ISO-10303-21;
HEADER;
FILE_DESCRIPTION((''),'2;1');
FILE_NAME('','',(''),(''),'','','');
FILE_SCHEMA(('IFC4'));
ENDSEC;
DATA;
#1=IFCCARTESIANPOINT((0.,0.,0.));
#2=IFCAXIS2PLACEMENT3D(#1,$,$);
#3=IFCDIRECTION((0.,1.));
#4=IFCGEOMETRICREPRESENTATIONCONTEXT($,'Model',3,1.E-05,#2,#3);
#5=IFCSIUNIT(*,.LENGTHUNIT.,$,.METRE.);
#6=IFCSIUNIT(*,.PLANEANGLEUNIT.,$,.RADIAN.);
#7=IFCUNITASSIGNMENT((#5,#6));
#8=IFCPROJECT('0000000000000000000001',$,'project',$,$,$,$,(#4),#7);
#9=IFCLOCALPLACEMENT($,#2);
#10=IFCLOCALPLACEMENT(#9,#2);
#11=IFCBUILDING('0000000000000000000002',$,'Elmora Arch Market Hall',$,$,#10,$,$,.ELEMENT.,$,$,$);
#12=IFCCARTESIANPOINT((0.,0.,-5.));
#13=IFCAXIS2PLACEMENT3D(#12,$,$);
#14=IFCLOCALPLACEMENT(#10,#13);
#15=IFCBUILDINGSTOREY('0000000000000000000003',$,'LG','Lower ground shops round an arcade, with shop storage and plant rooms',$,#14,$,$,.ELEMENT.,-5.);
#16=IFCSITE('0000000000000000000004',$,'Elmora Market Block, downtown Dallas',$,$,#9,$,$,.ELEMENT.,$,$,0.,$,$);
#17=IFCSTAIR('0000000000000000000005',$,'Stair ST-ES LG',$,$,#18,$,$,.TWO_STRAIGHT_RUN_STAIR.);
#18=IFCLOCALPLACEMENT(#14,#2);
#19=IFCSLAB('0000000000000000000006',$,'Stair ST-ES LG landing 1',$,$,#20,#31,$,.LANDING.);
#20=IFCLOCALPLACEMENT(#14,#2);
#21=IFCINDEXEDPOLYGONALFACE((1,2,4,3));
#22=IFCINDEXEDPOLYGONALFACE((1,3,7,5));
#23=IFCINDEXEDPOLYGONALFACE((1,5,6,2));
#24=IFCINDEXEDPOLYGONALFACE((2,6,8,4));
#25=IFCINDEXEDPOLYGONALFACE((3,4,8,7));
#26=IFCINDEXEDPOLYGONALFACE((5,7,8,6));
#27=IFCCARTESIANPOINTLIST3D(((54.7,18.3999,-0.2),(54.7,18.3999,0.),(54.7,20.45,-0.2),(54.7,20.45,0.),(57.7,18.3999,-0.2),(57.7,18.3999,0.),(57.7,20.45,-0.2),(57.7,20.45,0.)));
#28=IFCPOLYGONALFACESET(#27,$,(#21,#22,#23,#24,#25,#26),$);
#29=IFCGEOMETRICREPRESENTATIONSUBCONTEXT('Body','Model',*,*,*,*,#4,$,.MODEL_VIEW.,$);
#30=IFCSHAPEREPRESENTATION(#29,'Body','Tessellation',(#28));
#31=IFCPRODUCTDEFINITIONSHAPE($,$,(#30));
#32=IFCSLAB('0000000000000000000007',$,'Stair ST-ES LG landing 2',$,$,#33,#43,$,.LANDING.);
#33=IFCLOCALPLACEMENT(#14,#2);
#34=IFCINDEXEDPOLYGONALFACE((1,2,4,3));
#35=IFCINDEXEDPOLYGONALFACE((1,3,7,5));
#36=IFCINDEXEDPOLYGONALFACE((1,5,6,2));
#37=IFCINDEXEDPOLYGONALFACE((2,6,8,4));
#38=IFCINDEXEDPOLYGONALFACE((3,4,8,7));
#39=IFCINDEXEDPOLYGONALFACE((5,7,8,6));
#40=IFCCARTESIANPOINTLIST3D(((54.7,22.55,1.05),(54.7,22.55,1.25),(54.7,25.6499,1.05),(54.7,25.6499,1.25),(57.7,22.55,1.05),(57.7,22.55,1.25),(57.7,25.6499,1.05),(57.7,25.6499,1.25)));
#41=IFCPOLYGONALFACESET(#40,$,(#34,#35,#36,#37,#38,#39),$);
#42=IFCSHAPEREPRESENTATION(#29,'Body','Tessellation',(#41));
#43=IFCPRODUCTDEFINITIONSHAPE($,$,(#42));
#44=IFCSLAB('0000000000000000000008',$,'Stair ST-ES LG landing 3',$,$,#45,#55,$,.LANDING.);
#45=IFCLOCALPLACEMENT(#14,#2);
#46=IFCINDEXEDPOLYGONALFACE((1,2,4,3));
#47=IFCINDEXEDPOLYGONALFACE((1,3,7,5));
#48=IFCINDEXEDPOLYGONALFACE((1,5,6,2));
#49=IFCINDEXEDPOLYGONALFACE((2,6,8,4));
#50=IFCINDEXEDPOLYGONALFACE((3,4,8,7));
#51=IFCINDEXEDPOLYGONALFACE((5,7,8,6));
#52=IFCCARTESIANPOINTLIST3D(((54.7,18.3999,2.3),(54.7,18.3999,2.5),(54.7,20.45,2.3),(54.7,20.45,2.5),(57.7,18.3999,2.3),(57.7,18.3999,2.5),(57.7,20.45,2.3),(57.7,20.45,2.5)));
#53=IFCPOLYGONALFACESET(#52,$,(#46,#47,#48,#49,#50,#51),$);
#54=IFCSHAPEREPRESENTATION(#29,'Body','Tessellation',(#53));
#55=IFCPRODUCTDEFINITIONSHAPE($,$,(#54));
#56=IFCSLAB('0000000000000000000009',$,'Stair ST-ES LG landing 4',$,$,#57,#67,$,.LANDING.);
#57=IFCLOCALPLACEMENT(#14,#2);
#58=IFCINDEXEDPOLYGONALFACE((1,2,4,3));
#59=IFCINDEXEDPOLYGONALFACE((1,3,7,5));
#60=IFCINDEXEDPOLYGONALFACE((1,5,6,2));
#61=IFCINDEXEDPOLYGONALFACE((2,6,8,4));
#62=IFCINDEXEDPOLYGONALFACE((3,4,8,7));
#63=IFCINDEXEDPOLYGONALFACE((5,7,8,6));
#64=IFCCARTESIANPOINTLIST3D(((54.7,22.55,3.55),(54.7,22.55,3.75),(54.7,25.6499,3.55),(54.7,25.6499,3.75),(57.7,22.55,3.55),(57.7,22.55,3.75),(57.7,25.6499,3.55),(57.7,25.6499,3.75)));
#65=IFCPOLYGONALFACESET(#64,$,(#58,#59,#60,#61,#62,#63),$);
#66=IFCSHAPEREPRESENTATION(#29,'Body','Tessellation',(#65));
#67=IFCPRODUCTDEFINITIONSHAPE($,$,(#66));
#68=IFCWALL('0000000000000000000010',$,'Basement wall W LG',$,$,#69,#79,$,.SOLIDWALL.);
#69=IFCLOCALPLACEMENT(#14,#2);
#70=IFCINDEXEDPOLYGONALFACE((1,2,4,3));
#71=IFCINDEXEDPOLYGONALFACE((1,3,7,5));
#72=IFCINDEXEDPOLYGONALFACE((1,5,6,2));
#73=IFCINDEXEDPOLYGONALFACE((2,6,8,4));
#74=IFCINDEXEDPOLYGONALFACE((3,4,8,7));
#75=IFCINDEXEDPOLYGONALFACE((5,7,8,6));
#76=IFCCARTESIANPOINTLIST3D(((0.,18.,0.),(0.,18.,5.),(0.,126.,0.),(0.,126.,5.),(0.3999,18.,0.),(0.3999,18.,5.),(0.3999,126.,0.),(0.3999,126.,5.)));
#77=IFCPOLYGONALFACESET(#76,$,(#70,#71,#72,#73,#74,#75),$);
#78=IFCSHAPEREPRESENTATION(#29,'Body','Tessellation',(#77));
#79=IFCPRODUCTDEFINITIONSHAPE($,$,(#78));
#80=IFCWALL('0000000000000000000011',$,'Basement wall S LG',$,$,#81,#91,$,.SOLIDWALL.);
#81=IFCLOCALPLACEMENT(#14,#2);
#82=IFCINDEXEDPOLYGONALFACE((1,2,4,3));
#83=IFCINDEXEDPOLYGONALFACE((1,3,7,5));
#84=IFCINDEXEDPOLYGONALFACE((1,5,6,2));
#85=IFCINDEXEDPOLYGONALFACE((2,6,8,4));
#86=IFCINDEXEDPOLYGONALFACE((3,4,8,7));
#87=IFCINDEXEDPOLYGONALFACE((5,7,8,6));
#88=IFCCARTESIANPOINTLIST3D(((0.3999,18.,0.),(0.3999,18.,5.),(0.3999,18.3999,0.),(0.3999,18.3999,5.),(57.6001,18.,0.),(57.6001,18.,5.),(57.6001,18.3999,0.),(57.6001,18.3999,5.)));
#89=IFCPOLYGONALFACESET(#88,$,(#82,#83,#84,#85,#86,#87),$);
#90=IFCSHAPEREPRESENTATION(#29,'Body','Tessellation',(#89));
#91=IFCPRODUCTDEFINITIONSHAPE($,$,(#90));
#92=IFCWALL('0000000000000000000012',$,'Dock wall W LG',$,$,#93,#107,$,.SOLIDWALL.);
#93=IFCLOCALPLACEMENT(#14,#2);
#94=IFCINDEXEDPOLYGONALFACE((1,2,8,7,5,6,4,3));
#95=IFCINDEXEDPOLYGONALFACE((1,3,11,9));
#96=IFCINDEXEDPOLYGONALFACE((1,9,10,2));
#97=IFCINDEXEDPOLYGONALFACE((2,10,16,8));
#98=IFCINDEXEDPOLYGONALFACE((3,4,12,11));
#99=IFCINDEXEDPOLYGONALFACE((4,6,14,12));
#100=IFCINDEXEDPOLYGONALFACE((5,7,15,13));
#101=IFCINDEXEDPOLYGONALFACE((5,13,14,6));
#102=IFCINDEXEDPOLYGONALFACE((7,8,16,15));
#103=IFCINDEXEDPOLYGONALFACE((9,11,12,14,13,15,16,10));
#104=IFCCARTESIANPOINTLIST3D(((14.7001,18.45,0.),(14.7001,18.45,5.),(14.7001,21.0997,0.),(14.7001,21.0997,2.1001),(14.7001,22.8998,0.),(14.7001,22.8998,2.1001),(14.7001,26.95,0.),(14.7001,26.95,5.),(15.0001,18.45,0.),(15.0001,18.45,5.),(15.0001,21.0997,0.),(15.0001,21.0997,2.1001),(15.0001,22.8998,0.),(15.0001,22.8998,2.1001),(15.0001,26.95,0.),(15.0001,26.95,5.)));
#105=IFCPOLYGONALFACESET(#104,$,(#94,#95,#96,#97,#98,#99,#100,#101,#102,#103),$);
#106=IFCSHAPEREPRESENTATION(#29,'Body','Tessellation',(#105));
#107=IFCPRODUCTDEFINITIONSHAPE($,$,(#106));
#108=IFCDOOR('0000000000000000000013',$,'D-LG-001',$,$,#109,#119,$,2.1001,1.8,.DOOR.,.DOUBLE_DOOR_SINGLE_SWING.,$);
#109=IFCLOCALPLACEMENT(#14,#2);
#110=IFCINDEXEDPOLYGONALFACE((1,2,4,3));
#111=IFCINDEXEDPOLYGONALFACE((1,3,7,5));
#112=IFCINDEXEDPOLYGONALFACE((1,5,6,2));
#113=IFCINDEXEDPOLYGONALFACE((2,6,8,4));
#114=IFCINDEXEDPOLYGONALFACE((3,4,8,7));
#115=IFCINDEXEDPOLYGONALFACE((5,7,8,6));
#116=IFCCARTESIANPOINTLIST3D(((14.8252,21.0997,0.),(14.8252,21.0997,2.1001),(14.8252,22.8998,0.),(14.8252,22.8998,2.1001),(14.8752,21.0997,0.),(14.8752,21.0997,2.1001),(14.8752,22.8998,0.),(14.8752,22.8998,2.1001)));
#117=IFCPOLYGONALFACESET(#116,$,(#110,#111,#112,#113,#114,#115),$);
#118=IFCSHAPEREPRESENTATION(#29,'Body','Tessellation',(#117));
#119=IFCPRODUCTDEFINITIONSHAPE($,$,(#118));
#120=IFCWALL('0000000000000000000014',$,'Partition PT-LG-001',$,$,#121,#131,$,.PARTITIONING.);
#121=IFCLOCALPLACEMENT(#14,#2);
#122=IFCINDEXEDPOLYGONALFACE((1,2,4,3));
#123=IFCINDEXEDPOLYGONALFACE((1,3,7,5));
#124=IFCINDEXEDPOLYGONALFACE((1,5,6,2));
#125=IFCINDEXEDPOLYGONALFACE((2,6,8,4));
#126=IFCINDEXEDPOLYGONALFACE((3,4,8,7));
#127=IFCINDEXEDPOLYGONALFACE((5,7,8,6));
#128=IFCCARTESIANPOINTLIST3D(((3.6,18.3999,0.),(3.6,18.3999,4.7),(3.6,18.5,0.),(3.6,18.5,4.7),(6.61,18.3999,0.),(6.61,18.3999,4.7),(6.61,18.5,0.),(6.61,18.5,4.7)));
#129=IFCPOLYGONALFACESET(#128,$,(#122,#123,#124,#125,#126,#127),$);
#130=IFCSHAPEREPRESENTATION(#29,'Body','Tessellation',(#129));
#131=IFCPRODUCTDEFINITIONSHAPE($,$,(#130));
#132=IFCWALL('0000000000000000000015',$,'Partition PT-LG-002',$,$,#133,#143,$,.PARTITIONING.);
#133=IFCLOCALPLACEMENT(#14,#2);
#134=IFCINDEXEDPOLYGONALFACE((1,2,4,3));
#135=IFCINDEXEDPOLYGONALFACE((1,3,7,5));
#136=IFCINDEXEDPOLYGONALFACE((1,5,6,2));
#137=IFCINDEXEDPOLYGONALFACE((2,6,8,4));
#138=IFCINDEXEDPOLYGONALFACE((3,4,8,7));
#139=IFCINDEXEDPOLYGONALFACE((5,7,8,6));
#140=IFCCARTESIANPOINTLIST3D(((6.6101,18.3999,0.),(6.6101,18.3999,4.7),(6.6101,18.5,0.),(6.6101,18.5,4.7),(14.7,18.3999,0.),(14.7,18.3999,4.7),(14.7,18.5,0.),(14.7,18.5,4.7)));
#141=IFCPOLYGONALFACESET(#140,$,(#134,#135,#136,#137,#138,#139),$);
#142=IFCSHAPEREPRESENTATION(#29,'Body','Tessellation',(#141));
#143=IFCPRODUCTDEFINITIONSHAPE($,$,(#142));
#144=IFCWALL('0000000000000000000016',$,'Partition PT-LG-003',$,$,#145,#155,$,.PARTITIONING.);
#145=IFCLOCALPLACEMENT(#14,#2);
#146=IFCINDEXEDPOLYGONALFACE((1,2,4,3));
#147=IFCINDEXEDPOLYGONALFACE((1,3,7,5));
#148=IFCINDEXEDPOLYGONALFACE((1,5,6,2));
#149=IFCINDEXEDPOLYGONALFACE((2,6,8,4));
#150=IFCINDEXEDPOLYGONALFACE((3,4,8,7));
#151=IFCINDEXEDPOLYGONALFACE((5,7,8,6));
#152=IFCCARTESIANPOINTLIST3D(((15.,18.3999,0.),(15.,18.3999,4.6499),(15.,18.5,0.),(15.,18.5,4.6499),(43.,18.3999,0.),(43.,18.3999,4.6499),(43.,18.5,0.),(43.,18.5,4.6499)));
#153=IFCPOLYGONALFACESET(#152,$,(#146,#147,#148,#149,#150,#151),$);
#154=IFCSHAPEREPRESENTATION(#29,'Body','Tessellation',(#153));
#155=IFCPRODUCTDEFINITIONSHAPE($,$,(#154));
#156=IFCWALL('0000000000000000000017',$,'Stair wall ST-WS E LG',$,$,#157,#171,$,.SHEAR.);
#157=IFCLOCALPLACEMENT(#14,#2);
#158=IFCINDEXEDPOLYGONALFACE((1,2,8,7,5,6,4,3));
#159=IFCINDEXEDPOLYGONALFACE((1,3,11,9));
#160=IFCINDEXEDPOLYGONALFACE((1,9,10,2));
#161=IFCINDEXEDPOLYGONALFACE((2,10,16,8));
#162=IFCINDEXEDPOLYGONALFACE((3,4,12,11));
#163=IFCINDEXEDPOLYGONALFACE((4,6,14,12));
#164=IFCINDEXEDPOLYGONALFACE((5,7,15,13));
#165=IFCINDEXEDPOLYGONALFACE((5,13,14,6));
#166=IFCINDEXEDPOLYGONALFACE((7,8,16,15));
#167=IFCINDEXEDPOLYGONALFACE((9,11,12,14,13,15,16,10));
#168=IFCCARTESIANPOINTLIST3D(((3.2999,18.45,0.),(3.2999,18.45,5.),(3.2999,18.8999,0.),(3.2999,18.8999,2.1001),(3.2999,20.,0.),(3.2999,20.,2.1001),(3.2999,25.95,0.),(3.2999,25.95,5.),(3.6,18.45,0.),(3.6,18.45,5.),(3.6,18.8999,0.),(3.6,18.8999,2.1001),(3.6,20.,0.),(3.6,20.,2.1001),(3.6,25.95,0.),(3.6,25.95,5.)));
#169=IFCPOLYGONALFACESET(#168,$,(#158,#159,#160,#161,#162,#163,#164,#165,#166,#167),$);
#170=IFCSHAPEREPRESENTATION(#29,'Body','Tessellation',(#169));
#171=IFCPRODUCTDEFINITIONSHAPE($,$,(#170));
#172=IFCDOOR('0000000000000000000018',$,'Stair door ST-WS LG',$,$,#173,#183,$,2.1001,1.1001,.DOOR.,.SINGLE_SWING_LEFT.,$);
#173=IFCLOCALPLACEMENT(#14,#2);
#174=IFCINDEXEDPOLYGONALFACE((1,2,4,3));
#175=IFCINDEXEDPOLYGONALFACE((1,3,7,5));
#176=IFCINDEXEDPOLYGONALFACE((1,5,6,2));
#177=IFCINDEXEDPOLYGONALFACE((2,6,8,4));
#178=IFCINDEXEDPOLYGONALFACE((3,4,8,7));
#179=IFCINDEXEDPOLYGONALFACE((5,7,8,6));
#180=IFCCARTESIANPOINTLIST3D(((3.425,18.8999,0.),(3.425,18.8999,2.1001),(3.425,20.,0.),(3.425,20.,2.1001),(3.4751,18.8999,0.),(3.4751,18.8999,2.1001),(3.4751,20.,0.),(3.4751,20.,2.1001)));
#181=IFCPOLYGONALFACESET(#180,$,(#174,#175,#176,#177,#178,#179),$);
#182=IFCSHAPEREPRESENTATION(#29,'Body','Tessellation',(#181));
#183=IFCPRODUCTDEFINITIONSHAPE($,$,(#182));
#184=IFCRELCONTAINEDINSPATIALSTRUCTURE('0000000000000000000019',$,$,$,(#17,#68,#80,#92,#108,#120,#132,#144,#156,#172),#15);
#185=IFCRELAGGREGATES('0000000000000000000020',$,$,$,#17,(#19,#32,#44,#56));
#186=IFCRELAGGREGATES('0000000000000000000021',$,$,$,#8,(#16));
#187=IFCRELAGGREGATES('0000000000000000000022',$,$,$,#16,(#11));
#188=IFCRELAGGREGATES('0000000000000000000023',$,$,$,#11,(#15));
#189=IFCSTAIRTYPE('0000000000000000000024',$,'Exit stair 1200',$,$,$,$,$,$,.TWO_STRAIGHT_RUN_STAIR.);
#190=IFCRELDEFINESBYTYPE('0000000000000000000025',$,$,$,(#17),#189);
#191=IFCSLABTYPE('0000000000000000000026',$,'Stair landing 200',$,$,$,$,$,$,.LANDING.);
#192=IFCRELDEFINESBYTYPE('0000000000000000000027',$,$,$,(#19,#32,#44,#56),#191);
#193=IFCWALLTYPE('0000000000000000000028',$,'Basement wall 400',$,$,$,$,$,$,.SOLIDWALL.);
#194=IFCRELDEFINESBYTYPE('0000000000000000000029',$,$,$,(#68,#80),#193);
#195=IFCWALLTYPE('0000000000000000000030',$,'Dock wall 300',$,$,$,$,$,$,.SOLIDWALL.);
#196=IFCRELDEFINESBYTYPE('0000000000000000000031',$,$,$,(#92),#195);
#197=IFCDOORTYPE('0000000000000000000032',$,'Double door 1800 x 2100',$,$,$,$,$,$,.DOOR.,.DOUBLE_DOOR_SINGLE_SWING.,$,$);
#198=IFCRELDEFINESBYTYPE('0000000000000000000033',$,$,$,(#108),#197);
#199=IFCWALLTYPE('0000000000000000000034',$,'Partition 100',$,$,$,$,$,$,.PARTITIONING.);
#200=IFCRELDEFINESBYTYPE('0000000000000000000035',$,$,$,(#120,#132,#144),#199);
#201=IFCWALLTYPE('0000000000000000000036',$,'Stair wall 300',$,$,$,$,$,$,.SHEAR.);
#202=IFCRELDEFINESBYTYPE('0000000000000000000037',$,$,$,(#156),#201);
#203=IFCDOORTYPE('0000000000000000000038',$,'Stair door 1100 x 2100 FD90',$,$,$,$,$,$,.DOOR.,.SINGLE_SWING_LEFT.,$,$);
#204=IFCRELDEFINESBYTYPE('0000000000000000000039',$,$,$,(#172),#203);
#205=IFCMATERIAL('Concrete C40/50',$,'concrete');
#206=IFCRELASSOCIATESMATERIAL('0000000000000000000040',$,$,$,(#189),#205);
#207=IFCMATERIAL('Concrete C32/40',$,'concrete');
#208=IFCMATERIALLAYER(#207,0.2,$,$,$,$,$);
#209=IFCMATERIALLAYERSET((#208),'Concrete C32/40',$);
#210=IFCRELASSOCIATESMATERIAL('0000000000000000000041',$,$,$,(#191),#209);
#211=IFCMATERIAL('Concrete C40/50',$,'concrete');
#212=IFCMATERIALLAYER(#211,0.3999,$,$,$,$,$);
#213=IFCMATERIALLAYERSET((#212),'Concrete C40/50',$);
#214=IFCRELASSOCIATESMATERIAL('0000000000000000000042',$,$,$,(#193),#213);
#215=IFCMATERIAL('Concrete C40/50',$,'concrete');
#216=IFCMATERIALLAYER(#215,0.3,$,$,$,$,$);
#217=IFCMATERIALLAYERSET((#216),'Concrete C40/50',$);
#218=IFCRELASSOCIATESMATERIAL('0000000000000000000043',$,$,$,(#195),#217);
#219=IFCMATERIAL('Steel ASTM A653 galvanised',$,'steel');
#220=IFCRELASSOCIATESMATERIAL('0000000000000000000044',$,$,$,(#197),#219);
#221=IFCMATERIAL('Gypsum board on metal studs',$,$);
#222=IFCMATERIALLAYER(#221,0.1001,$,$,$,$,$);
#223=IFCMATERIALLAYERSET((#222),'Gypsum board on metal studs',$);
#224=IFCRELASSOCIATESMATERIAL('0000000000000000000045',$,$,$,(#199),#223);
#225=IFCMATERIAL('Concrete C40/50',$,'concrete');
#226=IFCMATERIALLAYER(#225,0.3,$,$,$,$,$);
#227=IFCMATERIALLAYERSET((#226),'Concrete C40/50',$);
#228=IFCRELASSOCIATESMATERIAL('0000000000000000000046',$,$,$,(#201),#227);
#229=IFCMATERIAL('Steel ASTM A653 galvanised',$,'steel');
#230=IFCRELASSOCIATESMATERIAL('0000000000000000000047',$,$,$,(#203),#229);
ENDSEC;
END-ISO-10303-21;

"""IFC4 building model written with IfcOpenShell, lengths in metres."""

from ifc_helpers import new_model, si_unit, direction, frame, frame_2d, origin, place, context, subcontext, project, spatial, polyline, rectangle, outline, extrude, material, layer, layer_set, type_object, element, fill, aggregate, save


model = new_model("IFC4")

# Units and contexts
model_context = context("Model", 3, precision=1e-05, world=origin(), true_north=direction((0.0, 1.0)))
body_context = subcontext(model_context, "Body", "Model", "MODEL_VIEW")
ifc_project = project(units=[si_unit("LENGTHUNIT", "METRE"), si_unit("PLANEANGLEUNIT", "RADIAN")], contexts=[model_context])

# Site, building, storey
site_placement = place(None, origin())
site = spatial("IfcSite", under=ifc_project, at=site_placement, Name="Elmora Market Block, downtown Dallas", CompositionType="ELEMENT", RefElevation=0.0)
building_placement = place(site_placement, origin())
building = spatial("IfcBuilding", under=site, at=building_placement, Name="Elmora Arch Market Hall", CompositionType="ELEMENT")
storey_placement = place(building_placement, frame((0.0, 0.0, -5.0)))
storey = spatial("IfcBuildingStorey", under=building, at=storey_placement, Name="LG", Description="Lower ground shops round an arcade, with shop storage and plant rooms", CompositionType="ELEMENT", Elevation=-5.0)

# Stair, slabs
ifc_material_1 = material(Name="Concrete C40/50", Category="concrete")
stair_type = type_object("IfcStairType", Name="Exit stair 1200", PredefinedType="TWO_STRAIGHT_RUN_STAIR", material=ifc_material_1)
ifc_material_2 = material(Name="Concrete C32/40", Category="concrete")
ifc_layer_1 = layer(ifc_material_2, 0.2)
ifc_layer_set_1 = layer_set([ifc_layer_1], Name="Concrete C32/40")
slab_type_1 = type_object("IfcSlabType", Name="Stair landing 200", PredefinedType="LANDING", material=ifc_layer_set_1)
stair_1_placement = place(storey_placement, origin())
stair_1 = element("IfcStair", 1, at=stair_1_placement, inside=storey, type_object=stair_type, Name="Stair ST-ES LG", PredefinedType="TWO_STRAIGHT_RUN_STAIR")
slab_1_placement = place(storey_placement, frame((0.0, 0.0, -0.2)))
slab_1 = element("IfcSlab", 2, at=slab_1_placement, type_object=slab_type_1, Name="Stair ST-ES LG landing 1", PredefinedType="LANDING", context=body_context, shape_type="SweptSolid", body=[
    extrude(outline(polyline([(54.7, 18.3999), (57.7, 18.3999), (57.7, 20.45), (54.7, 20.45), (54.7, 18.3999)])), origin(), (0.0, 0.0, 1.0), 0.2),
])
slab_2_placement = place(storey_placement, frame((0.0, 0.0, 1.05)))
slab_2 = element("IfcSlab", 3, at=slab_2_placement, type_object=slab_type_1, Name="Stair ST-ES LG landing 2", PredefinedType="LANDING", context=body_context, shape_type="SweptSolid", body=[
    extrude(outline(polyline([(54.7, 22.55), (57.7, 22.55), (57.7, 25.6499), (54.7, 25.6499), (54.7, 22.55)])), origin(), (0.0, 0.0, 1.0), 0.2),
])
slab_3_placement = place(storey_placement, frame((0.0, 0.0, 2.3)))
slab_3 = element("IfcSlab", 4, at=slab_3_placement, type_object=slab_type_1, Name="Stair ST-ES LG landing 3", PredefinedType="LANDING", context=body_context, shape_type="SweptSolid", body=[
    extrude(outline(polyline([(54.7, 18.3999), (57.7, 18.3999), (57.7, 20.45), (54.7, 20.45), (54.7, 18.3999)])), origin(), (0.0, 0.0, 1.0), 0.2),
])
slab_4_placement = place(storey_placement, frame((0.0, 0.0, 3.55)))
slab_4 = element("IfcSlab", 5, at=slab_4_placement, type_object=slab_type_1, Name="Stair ST-ES LG landing 4", PredefinedType="LANDING", context=body_context, shape_type="SweptSolid", body=[
    extrude(outline(polyline([(54.7, 22.55), (57.7, 22.55), (57.7, 25.6499), (54.7, 25.6499), (54.7, 22.55)])), origin(), (0.0, 0.0, 1.0), 0.2),
])
aggregate(stair_1, [slab_1, slab_2, slab_3, slab_4])

# Walls
ifc_material_3 = material(Name="Concrete C40/50", Category="concrete")
ifc_layer_2 = layer(ifc_material_3, 0.3999)
ifc_layer_set_2 = layer_set([ifc_layer_2], Name="Concrete C40/50")
wall_type_1 = type_object("IfcWallType", Name="Basement wall 400", PredefinedType="SOLIDWALL", material=ifc_layer_set_2)
wall_1_placement = place(storey_placement, frame((0.2, 18.0, 0.0), z_axis=(0.0, 0.0, 1.0), x_axis=(0.0, 1.0, 0.0)))
element("IfcWall", 6, at=wall_1_placement, inside=storey, type_object=wall_type_1, Name="Basement wall W LG", PredefinedType="SOLIDWALL", context=body_context, shape_type="SweptSolid", body=[
    extrude(rectangle(XDim=108.0, YDim=0.3999, at=frame_2d((54.0, 0.0))), origin(), (0.0, 0.0, 1.0), 5.0),
])
wall_2_placement = place(storey_placement, frame((0.3999, 18.2, 0.0), z_axis=(0.0, 0.0, 1.0), x_axis=(1.0, 0.0, 0.0)))
element("IfcWall", 7, at=wall_2_placement, inside=storey, type_object=wall_type_1, Name="Basement wall S LG", PredefinedType="SOLIDWALL", context=body_context, shape_type="SweptSolid", body=[
    extrude(rectangle(XDim=57.2002, YDim=0.3999, at=frame_2d((28.6001, 0.0))), origin(), (0.0, 0.0, 1.0), 5.0),
])

# Wall, opening, door
ifc_material_4 = material(Name="Concrete C40/50", Category="concrete")
ifc_layer_3 = layer(ifc_material_4, 0.3)
ifc_layer_set_3 = layer_set([ifc_layer_3], Name="Concrete C40/50")
wall_type_2 = type_object("IfcWallType", Name="Dock wall 300", PredefinedType="SOLIDWALL", material=ifc_layer_set_3)
wall_3_placement = place(storey_placement, frame((14.8501, 18.45, 0.0), z_axis=(0.0, 0.0, 1.0), x_axis=(0.0, 1.0, 0.0)))
wall_3 = element("IfcWall", 8, at=wall_3_placement, inside=storey, type_object=wall_type_2, Name="Dock wall W LG", PredefinedType="SOLIDWALL", context=body_context, shape_type="SweptSolid", body=[
    extrude(rectangle(XDim=8.5, YDim=0.3, at=frame_2d((4.25, 0.0))), origin(), (0.0, 0.0, 1.0), 5.0),
])
opening_1_placement = place(wall_3_placement, frame((2.6499, 0.0, 0.0)))
opening_1 = element("IfcOpeningElement", 9, at=opening_1_placement, cuts=wall_3, PredefinedType="OPENING", context=body_context, shape_type="SweptSolid", body=[
    extrude(rectangle(XDim=1.8, YDim=2.1001, at=frame_2d((0.8999, 1.05))), frame((0.0, 0.1599, 0.0), z_axis=(0.0, -1.0, 0.0), x_axis=(1.0, 0.0, 0.0)), (0.0, 0.0, 1.0), 0.3201),
])
ifc_material_5 = material(Name="Steel ASTM A653 galvanised", Category="steel")
door_type_1 = type_object("IfcDoorType", Name="Double door 1800 x 2100", OperationType="DOUBLE_DOOR_SINGLE_SWING", PredefinedType="DOOR", material=ifc_material_5)
door_1_placement = place(opening_1_placement, origin())
door_1 = element("IfcDoor", 10, at=door_1_placement, inside=storey, type_object=door_type_1, Name="D-LG-001", OperationType="DOUBLE_DOOR_SINGLE_SWING", OverallHeight=2.1001, OverallWidth=1.8, PredefinedType="DOOR", context=body_context, shape_type="SweptSolid", body=[
    extrude(rectangle(XDim=1.8, YDim=2.1001, at=frame_2d((0.8999, 1.05))), frame((0.0, 0.0249, 0.0), z_axis=(0.0, -1.0, 0.0), x_axis=(1.0, 0.0, 0.0)), (0.0, 0.0, 1.0), 0.05),
])
fill(opening_1, door_1)

# Walls
ifc_material_6 = material(Name="Gypsum board on metal studs")
ifc_layer_4 = layer(ifc_material_6, 0.1001)
ifc_layer_set_4 = layer_set([ifc_layer_4], Name="Gypsum board on metal studs")
wall_type_3 = type_object("IfcWallType", Name="Partition 100", PredefinedType="PARTITIONING", material=ifc_layer_set_4)
wall_4_placement = place(storey_placement, frame((3.6001, 18.45, 0.0), z_axis=(0.0, 0.0, 1.0), x_axis=(1.0, 0.0, 0.0)))
element("IfcWall", 11, at=wall_4_placement, inside=storey, type_object=wall_type_3, Name="Partition PT-LG-001", PredefinedType="PARTITIONING", context=body_context, shape_type="SweptSolid", body=[
    extrude(rectangle(XDim=3.01, YDim=0.1001, at=frame_2d((1.5049, 0.0))), origin(), (0.0, 0.0, 1.0), 4.7),
])
wall_5_placement = place(storey_placement, frame((6.6101, 18.45, 0.0), z_axis=(0.0, 0.0, 1.0), x_axis=(1.0, 0.0, 0.0)))
element("IfcWall", 12, at=wall_5_placement, inside=storey, type_object=wall_type_3, Name="Partition PT-LG-002", PredefinedType="PARTITIONING", context=body_context, shape_type="SweptSolid", body=[
    extrude(rectangle(XDim=8.0898, YDim=0.1001, at=frame_2d((4.0449, 0.0))), origin(), (0.0, 0.0, 1.0), 4.7),
])
wall_6_placement = place(storey_placement, frame((15.0, 18.45, 0.0), z_axis=(0.0, 0.0, 1.0), x_axis=(1.0, 0.0, 0.0)))
element("IfcWall", 13, at=wall_6_placement, inside=storey, type_object=wall_type_3, Name="Partition PT-LG-003", PredefinedType="PARTITIONING", context=body_context, shape_type="SweptSolid", body=[
    extrude(rectangle(XDim=28.0, YDim=0.1001, at=frame_2d((14.0, 0.0))), origin(), (0.0, 0.0, 1.0), 4.6499),
])

# Wall, opening, door
ifc_material_7 = material(Name="Concrete C40/50", Category="concrete")
ifc_layer_5 = layer(ifc_material_7, 0.3)
ifc_layer_set_5 = layer_set([ifc_layer_5], Name="Concrete C40/50")
wall_type_4 = type_object("IfcWallType", Name="Stair wall 300", PredefinedType="SHEAR", material=ifc_layer_set_5)
wall_7_placement = place(storey_placement, frame((3.45, 18.45, 0.0), z_axis=(0.0, 0.0, 1.0), x_axis=(0.0, 1.0, 0.0)))
wall_7 = element("IfcWall", 14, at=wall_7_placement, inside=storey, type_object=wall_type_4, Name="Stair wall ST-WS E LG", PredefinedType="SHEAR", context=body_context, shape_type="SweptSolid", body=[
    extrude(rectangle(XDim=7.5, YDim=0.3, at=frame_2d((3.75, 0.0))), origin(), (0.0, 0.0, 1.0), 5.0),
])
opening_2_placement = place(wall_7_placement, frame((0.45, 0.0, 0.0)))
opening_2 = element("IfcOpeningElement", 15, at=opening_2_placement, cuts=wall_7, PredefinedType="OPENING", context=body_context, shape_type="SweptSolid", body=[
    extrude(rectangle(XDim=1.1001, YDim=2.1001, at=frame_2d((0.55, 1.05))), frame((0.0, 0.1599, 0.0), z_axis=(0.0, -1.0, 0.0), x_axis=(1.0, 0.0, 0.0)), (0.0, 0.0, 1.0), 0.3201),
])
ifc_material_8 = material(Name="Steel ASTM A653 galvanised", Category="steel")
door_type_2 = type_object("IfcDoorType", Name="Stair door 1100 x 2100 FD90", OperationType="SINGLE_SWING_LEFT", PredefinedType="DOOR", material=ifc_material_8)
door_2_placement = place(opening_2_placement, origin())
door_2 = element("IfcDoor", 16, at=door_2_placement, inside=storey, type_object=door_type_2, Name="Stair door ST-WS LG", OperationType="SINGLE_SWING_LEFT", OverallHeight=2.1001, OverallWidth=1.1001, PredefinedType="DOOR", context=body_context, shape_type="SweptSolid", body=[
    extrude(rectangle(XDim=1.1001, YDim=2.1001, at=frame_2d((0.55, 1.05))), frame((0.0, 0.0249, 0.0), z_axis=(0.0, -1.0, 0.0), x_axis=(1.0, 0.0, 0.0)), (0.0, 0.0, 1.0), 0.05),
])
fill(opening_2, door_2)

save(model, "model.ifc")
